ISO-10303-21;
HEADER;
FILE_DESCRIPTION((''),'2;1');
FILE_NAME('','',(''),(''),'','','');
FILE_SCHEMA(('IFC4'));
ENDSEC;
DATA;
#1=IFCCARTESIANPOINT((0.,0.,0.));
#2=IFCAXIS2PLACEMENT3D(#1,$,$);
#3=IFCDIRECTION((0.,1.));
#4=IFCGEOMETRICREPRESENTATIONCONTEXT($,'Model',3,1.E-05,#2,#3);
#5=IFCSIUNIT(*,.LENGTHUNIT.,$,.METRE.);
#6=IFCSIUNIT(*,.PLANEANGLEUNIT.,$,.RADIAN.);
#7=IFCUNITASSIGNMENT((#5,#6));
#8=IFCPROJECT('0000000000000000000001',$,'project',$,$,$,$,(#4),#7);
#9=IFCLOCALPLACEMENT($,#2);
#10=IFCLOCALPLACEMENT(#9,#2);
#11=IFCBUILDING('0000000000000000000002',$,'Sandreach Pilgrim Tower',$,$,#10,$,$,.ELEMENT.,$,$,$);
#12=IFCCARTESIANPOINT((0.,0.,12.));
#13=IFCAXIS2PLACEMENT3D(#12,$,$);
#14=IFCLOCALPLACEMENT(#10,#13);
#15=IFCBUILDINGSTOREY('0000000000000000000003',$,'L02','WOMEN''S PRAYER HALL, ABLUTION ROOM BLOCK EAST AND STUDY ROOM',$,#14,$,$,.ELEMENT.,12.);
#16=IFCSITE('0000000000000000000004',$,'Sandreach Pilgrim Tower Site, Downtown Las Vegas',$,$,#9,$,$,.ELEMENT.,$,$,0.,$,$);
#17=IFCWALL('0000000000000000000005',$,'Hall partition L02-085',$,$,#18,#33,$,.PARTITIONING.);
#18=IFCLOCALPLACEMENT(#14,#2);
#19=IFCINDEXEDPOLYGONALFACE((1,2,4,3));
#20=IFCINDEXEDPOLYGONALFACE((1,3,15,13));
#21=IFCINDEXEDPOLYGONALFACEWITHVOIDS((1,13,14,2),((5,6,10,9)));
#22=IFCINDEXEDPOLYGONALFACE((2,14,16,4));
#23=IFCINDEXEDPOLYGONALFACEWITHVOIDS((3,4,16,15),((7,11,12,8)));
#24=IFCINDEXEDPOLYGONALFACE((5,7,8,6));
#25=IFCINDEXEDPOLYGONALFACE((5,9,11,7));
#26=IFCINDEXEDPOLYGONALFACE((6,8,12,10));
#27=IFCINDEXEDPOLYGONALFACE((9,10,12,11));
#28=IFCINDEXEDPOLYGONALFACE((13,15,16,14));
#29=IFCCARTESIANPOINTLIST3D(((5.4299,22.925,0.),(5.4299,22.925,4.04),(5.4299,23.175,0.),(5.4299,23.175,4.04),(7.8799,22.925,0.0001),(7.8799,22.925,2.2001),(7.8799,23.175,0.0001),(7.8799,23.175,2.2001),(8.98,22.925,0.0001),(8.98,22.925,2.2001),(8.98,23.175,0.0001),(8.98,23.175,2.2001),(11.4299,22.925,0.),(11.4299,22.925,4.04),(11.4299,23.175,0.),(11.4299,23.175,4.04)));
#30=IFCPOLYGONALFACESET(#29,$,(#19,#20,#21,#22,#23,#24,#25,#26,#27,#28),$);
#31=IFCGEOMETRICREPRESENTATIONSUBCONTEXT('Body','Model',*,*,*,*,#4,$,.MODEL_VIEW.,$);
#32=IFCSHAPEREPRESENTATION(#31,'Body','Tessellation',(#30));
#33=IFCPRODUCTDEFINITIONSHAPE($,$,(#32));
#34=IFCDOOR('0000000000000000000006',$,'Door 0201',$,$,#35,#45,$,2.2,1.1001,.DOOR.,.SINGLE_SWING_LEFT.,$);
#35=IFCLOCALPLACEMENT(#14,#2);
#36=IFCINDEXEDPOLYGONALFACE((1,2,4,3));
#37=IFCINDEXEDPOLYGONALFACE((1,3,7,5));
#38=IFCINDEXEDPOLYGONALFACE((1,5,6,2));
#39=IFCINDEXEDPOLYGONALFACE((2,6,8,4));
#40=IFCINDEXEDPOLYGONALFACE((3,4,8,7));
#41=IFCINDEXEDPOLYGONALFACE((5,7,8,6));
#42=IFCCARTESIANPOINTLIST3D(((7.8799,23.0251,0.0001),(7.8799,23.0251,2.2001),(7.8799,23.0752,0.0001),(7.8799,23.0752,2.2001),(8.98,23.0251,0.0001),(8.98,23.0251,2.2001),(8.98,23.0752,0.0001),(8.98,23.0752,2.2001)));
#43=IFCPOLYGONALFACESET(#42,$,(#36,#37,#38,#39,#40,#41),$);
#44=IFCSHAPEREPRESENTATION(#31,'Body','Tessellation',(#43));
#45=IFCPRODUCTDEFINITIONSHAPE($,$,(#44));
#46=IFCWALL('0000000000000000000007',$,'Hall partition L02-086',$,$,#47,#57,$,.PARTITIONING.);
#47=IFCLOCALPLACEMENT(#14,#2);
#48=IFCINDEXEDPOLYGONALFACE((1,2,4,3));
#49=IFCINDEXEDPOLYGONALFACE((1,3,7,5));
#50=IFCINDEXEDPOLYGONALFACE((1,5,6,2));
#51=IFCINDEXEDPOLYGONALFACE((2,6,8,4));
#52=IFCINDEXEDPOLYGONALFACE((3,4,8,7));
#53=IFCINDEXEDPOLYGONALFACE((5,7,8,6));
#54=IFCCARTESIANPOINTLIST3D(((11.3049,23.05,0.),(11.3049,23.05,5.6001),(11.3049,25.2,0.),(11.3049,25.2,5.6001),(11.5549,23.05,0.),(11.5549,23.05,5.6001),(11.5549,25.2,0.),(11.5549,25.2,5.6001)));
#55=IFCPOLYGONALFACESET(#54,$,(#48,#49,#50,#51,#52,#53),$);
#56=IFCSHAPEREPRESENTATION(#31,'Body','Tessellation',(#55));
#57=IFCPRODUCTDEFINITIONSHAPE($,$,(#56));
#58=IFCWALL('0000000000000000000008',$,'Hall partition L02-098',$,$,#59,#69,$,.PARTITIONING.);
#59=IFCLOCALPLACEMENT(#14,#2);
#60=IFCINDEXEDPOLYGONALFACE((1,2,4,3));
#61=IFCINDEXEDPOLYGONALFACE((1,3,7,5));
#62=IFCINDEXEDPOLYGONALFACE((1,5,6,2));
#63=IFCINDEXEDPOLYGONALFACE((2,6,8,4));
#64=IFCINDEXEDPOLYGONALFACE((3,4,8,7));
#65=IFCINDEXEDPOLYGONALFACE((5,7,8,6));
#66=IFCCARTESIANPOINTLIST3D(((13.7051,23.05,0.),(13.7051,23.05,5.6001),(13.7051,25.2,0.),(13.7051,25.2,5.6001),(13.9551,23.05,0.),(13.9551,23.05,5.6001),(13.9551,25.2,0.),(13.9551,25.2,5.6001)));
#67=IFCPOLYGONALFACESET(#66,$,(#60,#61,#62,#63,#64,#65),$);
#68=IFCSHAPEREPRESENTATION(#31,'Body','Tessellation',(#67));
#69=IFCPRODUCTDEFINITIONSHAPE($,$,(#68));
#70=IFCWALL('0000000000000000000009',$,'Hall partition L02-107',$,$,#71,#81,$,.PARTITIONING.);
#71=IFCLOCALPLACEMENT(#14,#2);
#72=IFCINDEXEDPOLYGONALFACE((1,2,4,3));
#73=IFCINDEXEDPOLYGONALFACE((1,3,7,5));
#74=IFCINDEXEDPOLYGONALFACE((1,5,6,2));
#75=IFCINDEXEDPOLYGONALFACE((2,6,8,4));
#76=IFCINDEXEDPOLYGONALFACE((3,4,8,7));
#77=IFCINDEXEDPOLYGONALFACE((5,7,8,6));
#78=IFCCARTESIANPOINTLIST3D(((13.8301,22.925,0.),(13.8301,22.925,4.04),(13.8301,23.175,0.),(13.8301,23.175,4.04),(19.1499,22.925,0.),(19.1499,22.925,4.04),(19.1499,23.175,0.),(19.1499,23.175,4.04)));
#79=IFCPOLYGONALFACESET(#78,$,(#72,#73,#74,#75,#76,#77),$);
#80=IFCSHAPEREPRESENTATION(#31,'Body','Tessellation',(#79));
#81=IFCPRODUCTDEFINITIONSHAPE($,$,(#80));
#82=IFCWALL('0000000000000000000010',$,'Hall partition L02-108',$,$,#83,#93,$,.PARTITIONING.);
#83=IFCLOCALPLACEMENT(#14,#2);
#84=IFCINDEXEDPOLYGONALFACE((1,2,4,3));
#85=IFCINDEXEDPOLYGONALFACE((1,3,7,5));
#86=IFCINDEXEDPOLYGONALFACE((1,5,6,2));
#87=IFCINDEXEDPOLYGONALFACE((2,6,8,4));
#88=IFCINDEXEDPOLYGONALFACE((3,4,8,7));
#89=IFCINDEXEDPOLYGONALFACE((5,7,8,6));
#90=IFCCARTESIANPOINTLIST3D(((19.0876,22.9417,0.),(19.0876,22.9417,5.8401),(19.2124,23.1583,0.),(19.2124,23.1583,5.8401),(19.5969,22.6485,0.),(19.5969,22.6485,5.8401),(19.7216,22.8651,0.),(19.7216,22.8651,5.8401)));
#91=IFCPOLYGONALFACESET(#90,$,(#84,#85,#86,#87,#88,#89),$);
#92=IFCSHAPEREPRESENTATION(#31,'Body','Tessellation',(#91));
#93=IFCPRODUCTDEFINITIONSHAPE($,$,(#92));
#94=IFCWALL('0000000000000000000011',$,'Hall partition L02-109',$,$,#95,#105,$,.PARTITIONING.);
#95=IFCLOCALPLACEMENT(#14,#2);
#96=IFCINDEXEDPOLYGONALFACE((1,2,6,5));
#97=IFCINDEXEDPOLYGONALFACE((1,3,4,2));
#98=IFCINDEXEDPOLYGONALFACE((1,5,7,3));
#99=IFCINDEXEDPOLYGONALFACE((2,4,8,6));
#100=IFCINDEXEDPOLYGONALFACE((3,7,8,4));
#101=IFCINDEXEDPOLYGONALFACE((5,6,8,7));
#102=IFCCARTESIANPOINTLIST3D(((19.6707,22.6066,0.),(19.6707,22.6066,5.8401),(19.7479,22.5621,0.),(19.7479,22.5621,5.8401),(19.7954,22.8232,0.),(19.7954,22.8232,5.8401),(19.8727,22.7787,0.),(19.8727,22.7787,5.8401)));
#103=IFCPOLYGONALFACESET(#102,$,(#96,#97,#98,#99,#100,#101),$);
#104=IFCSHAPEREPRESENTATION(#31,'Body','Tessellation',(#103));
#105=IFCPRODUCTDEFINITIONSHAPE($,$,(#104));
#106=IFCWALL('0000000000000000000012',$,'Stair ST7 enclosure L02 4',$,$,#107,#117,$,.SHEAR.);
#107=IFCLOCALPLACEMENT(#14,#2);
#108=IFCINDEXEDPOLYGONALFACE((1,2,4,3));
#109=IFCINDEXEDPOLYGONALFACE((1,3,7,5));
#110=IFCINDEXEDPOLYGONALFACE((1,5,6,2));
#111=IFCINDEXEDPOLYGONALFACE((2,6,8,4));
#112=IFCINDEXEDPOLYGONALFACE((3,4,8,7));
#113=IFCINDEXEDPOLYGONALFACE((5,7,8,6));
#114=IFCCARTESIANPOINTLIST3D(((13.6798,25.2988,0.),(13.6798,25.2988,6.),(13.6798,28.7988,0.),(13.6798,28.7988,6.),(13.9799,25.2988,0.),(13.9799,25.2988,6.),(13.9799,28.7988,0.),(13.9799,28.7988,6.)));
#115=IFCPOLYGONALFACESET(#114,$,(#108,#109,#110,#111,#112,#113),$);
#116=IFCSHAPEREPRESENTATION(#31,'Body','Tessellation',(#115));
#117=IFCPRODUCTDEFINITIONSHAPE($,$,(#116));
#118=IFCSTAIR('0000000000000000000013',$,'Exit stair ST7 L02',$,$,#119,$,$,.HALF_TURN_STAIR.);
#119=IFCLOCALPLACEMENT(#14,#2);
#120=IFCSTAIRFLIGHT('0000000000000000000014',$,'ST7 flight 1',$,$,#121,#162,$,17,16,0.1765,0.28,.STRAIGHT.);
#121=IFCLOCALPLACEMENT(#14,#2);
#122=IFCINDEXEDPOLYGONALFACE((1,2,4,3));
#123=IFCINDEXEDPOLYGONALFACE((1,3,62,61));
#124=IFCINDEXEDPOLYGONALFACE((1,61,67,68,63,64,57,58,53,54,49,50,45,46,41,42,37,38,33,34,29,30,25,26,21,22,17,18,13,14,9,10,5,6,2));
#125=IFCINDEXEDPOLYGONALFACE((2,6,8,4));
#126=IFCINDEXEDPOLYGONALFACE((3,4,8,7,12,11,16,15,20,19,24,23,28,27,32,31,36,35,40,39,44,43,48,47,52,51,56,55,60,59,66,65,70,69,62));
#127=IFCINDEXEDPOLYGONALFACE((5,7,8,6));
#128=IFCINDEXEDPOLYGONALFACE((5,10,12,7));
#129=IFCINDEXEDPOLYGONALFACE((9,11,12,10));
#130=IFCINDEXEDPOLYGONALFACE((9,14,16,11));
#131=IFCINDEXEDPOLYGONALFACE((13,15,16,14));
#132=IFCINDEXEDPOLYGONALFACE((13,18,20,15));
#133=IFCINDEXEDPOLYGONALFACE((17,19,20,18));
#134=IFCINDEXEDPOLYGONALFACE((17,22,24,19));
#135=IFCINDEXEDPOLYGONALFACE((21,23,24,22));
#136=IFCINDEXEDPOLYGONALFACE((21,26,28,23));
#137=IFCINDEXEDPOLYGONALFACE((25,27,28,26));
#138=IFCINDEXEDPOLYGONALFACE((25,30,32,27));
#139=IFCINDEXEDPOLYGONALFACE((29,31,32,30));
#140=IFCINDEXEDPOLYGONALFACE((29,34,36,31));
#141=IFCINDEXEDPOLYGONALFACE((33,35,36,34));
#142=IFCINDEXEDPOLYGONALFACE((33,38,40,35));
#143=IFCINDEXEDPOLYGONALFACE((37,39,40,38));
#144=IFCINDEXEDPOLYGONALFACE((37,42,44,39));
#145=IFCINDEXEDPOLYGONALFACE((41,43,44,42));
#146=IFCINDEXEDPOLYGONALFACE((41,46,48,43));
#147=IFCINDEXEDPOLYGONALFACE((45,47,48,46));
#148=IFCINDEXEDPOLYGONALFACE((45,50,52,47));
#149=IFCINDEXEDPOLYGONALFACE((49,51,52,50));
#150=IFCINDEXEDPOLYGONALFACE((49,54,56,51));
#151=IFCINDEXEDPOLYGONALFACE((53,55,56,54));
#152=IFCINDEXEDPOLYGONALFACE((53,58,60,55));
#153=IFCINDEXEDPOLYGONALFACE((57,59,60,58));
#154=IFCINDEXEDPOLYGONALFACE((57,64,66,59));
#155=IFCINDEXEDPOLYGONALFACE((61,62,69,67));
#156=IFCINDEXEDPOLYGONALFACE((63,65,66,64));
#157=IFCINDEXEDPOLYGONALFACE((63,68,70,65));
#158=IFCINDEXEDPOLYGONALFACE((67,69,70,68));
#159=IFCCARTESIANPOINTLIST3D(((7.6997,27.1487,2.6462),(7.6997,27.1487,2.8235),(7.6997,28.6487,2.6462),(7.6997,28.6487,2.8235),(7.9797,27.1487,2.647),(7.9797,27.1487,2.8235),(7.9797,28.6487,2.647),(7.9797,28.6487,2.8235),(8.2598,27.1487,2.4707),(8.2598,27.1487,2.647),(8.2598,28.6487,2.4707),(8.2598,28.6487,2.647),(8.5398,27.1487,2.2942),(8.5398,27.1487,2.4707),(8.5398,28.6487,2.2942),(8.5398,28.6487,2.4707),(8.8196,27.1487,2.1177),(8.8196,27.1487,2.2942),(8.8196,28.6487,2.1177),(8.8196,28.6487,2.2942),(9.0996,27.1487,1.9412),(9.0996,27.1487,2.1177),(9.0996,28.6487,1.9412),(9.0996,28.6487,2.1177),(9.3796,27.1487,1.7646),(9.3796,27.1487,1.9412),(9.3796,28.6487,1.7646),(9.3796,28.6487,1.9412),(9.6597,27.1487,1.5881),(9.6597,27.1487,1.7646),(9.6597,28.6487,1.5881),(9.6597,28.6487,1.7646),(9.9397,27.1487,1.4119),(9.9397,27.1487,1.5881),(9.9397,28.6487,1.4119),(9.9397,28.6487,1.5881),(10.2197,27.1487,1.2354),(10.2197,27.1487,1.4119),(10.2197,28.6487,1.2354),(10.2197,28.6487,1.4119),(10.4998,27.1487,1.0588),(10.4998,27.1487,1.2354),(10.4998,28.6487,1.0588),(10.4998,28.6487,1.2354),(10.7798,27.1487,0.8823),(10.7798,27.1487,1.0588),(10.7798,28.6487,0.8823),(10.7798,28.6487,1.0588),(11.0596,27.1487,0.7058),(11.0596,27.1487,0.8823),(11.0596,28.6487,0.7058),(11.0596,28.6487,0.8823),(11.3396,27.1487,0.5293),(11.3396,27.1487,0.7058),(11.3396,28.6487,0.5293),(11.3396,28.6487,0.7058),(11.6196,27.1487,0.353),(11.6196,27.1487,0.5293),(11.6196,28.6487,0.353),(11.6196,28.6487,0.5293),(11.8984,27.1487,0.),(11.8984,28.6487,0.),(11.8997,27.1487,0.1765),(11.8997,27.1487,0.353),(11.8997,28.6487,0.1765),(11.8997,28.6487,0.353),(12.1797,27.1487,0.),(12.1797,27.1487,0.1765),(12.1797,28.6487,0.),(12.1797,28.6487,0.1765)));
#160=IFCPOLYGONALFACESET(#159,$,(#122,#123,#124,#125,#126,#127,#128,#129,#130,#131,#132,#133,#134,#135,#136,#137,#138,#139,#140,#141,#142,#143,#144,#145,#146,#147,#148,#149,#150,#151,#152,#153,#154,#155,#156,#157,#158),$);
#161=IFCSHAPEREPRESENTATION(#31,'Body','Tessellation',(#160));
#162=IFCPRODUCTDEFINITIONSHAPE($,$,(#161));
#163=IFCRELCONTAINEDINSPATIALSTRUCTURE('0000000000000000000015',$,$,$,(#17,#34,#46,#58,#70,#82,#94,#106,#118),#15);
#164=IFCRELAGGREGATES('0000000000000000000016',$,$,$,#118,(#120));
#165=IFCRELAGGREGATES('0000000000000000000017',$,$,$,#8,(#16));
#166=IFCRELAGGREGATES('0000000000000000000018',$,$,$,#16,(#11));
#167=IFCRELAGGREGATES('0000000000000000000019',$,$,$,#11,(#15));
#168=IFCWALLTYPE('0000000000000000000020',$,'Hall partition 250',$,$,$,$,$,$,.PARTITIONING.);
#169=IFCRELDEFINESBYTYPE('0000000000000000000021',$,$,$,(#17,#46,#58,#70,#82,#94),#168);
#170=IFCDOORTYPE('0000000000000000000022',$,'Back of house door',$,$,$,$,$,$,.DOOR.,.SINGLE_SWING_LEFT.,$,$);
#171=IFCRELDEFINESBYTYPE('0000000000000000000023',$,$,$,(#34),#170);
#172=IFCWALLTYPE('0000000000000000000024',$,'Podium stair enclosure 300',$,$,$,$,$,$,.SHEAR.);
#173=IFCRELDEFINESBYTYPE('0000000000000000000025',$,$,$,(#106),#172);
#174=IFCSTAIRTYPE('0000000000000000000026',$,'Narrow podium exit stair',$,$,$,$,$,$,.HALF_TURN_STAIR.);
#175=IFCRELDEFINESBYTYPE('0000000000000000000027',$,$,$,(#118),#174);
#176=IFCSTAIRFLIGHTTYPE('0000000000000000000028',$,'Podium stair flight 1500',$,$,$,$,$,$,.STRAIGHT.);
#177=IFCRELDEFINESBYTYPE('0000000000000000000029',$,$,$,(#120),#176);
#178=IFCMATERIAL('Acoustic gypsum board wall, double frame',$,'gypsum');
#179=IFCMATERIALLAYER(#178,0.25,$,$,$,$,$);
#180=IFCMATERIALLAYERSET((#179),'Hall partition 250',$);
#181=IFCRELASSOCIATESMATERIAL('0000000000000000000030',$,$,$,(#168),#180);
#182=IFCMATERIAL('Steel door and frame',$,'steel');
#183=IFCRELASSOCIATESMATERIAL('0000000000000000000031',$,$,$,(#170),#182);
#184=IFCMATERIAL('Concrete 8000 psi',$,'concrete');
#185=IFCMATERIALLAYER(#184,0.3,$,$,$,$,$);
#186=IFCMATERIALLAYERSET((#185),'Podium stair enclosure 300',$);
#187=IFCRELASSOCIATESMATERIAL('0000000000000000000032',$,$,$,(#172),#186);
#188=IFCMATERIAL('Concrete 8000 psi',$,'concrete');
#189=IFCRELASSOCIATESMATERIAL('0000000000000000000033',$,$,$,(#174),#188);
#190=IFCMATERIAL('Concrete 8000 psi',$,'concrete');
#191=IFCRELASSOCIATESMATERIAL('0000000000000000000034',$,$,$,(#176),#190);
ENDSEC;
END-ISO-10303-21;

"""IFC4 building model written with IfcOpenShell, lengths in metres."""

from ifc_helpers import new_model, si_unit, direction, frame, frame_2d, origin, place, context, subcontext, project, spatial, polyline, rectangle, outline, extrude, material, layer, layer_set, type_object, element, fill, aggregate, save


model = new_model("IFC4")

# Units and contexts
model_context = context("Model", 3, precision=1e-05, world=origin(), true_north=direction((0.0, 1.0)))
body_context = subcontext(model_context, "Body", "Model", "MODEL_VIEW")
ifc_project = project(units=[si_unit("LENGTHUNIT", "METRE"), si_unit("PLANEANGLEUNIT", "RADIAN")], contexts=[model_context])

# Site, building, storey
site_placement = place(None, origin())
site = spatial("IfcSite", under=ifc_project, at=site_placement, Name="Sandreach Pilgrim Tower Site, Downtown Las Vegas", CompositionType="ELEMENT", RefElevation=0.0)
building_placement = place(site_placement, origin())
building = spatial("IfcBuilding", under=site, at=building_placement, Name="Sandreach Pilgrim Tower", CompositionType="ELEMENT")
storey_placement = place(building_placement, frame((0.0, 0.0, 12.0)))
storey = spatial("IfcBuildingStorey", under=building, at=storey_placement, Name="L02", Description="WOMEN'S PRAYER HALL, ABLUTION ROOM BLOCK EAST AND STUDY ROOM", CompositionType="ELEMENT", Elevation=12.0)

# Wall, opening, door
ifc_material_1 = material(Name="Acoustic gypsum board wall, double frame", Category="gypsum")
ifc_layer_1 = layer(ifc_material_1, 0.25)
ifc_layer_set_1 = layer_set([ifc_layer_1], Name="Hall partition 250")
wall_type_1 = type_object("IfcWallType", Name="Hall partition 250", PredefinedType="PARTITIONING", material=ifc_layer_set_1)
wall_1_placement = place(storey_placement, frame((11.4299, 23.05, 0.0), z_axis=(0.0, 0.0, 1.0), x_axis=(-1.0, 0.0, 0.0)))
wall_1 = element("IfcWall", 1, at=wall_1_placement, inside=storey, type_object=wall_type_1, Name="Hall partition L02-085", PredefinedType="PARTITIONING", context=body_context, shape_type="SweptSolid", body=[
    extrude(rectangle(XDim=6.0, YDim=0.25, at=frame_2d((3.0, 0.0))), origin(), (0.0, 0.0, 1.0), 4.04),
])
opening_1_placement = place(wall_1_placement, frame((2.45, 0.0, 0.0)))
opening_1 = element("IfcOpeningElement", 2, at=opening_1_placement, cuts=wall_1, PredefinedType="OPENING", context=body_context, shape_type="SweptSolid", body=[
    extrude(rectangle(XDim=1.1001, YDim=2.2, at=frame_2d((0.55, 1.1001))), frame((0.0, 0.125, 0.0), z_axis=(0.0, -1.0, 0.0), x_axis=(1.0, 0.0, 0.0)), (0.0, 0.0, 1.0), 0.25),
])
ifc_material_2 = material(Name="Steel door and frame", Category="steel")
door_type_1 = type_object("IfcDoorType", Name="Back of house door", OperationType="SINGLE_SWING_LEFT", PredefinedType="DOOR", material=ifc_material_2)
door_1_placement = place(opening_1_placement, origin())
door_1 = element("IfcDoor", 3, at=door_1_placement, inside=storey, type_object=door_type_1, Name="Door 0201", OperationType="SINGLE_SWING_LEFT", OverallHeight=2.2, OverallWidth=1.1001, PredefinedType="DOOR", context=body_context, shape_type="SweptSolid", body=[
    extrude(rectangle(XDim=1.1001, YDim=2.2, at=frame_2d((0.55, 1.1001))), frame((0.0, 0.0249, 0.0), z_axis=(0.0, -1.0, 0.0), x_axis=(1.0, 0.0, 0.0)), (0.0, 0.0, 1.0), 0.05),
])
fill(opening_1, door_1)

# Walls
for number, where, z_axis, x_axis, name in (
    (4, (11.4299, 25.2, 0.0), (0.0, 0.0, 1.0), (0.0, -1.0, 0.0), "Hall partition L02-086"),
    (5, (13.8301, 23.05, 0.0), (0.0, 0.0, 1.0), (0.0, 1.0, 0.0), "Hall partition L02-098"),
):
    element("IfcWall", number, at=place(storey_placement, frame(where, z_axis=z_axis, x_axis=x_axis)), inside=storey, type_object=wall_type_1, Name=name, PredefinedType="PARTITIONING", context=body_context, shape_type="SweptSolid", body=[
        extrude(rectangle(XDim=2.1499, YDim=0.25, at=frame_2d((1.075, 0.0))), origin(), (0.0, 0.0, 1.0), 5.6001),
    ])
wall_2_placement = place(storey_placement, frame((19.1499, 23.05, 0.0), z_axis=(0.0, 0.0, 1.0), x_axis=(-1.0, 0.0, 0.0)))
element("IfcWall", 6, at=wall_2_placement, inside=storey, type_object=wall_type_1, Name="Hall partition L02-107", PredefinedType="PARTITIONING", context=body_context, shape_type="SweptSolid", body=[
    extrude(rectangle(XDim=5.3198, YDim=0.25, at=frame_2d((2.6599, 0.0))), origin(), (0.0, 0.0, 1.0), 4.04),
])
wall_3_placement = place(storey_placement, frame((19.1499, 23.05, 0.0), z_axis=(0.0, 0.0, 1.0), x_axis=(0.866628, -0.498955, 0.0)))
element("IfcWall", 7, at=wall_3_placement, inside=storey, type_object=wall_type_1, Name="Hall partition L02-108", PredefinedType="PARTITIONING", context=body_context, shape_type="SweptSolid", body=[
    extrude(rectangle(XDim=0.5876, YDim=0.25, at=frame_2d((0.2939, 0.0))), origin(), (0.0, 0.0, 1.0), 5.8401),
])
wall_4_placement = place(storey_placement, frame((19.7332, 22.7148, 0.0), z_axis=(0.0, 0.0, 1.0), x_axis=(0.866551, -0.499089, 0.0)))
element("IfcWall", 8, at=wall_4_placement, inside=storey, type_object=wall_type_1, Name="Hall partition L02-109", PredefinedType="PARTITIONING", context=body_context, shape_type="SweptSolid", body=[
    extrude(rectangle(XDim=0.0891, YDim=0.25, at=frame_2d((0.0444, 0.0))), origin(), (0.0, 0.0, 1.0), 5.8401),
])

# Shared definitions
ifc_material_3 = material(Name="Concrete 8000 psi", Category="concrete")
ifc_layer_2 = layer(ifc_material_3, 0.3)
ifc_layer_set_2 = layer_set([ifc_layer_2], Name="Podium stair enclosure 300")
wall_type_2 = type_object("IfcWallType", Name="Podium stair enclosure 300", PredefinedType="SHEAR", material=ifc_layer_set_2)

# Wall
wall_5_placement = place(storey_placement, frame((13.8298, 28.7988, 0.0), z_axis=(0.0, 0.0, 1.0), x_axis=(0.0, -1.0, 0.0)))
element("IfcWall", 9, at=wall_5_placement, inside=storey, type_object=wall_type_2, Name="Stair ST7 enclosure L02 4", PredefinedType="SHEAR", context=body_context, shape_type="SweptSolid", body=[
    extrude(rectangle(XDim=3.5, YDim=0.3, at=frame_2d((1.75, 0.0))), origin(), (0.0, 0.0, 1.0), 6.0),
])

# Stair, stair flight
ifc_material_4 = material(Name="Concrete 8000 psi", Category="concrete")
stair_type = type_object("IfcStairType", Name="Narrow podium exit stair", PredefinedType="HALF_TURN_STAIR", material=ifc_material_4)
stair_placement = place(storey_placement, origin())
stair = element("IfcStair", 10, at=stair_placement, inside=storey, type_object=stair_type, Name="Exit stair ST7 L02", PredefinedType="HALF_TURN_STAIR")
ifc_material_5 = material(Name="Concrete 8000 psi", Category="concrete")
stair_flight_type = type_object("IfcStairFlightType", Name="Podium stair flight 1500", PredefinedType="STRAIGHT", material=ifc_material_5)
stair_flight_placement = place(storey_placement, frame((12.1797, 27.8987, 0.0), z_axis=(0.0, 0.0, 1.0), x_axis=(-1.0, 0.0, 0.0)))
stair_flight = element("IfcStairFlight", 11, at=stair_flight_placement, type_object=stair_flight_type, Name="ST7 flight 1", NumberOfRisers=17, NumberOfTreads=16, PredefinedType="STRAIGHT", RiserHeight=0.1765, TreadLength=0.28, context=body_context, shape_type="SweptSolid", body=[
    extrude(outline(polyline([(0.0, 0.0), (0.0, 0.1765), (0.28, 0.1765), (0.28, 0.353), (0.5601, 0.353), (0.5601, 0.5293), (0.8401, 0.5293), (0.8401, 0.7058), (1.1201, 0.7058), (1.1201, 0.8823), (1.3999, 0.8823), (1.3999, 1.0588), (1.6799, 1.0588), (1.6799, 1.2354), (1.96, 1.2354), (1.96, 1.4119), (2.24, 1.4119), (2.24, 1.5881), (2.52, 1.5881), (2.52, 1.7646), (2.8, 1.7646), (2.8, 1.9412), (3.0801, 1.9412), (3.0801, 2.1177), (3.3601, 2.1177), (3.3601, 2.2942), (3.6399, 2.2942), (3.6399, 2.4707), (3.9199, 2.4707), (3.9199, 2.647), (4.2, 2.647), (4.2, 2.8235), (4.48, 2.8235), (4.48, 3.0), (4.48, 2.6462), (0.2812, 0.0), (0.0, 0.0)])), frame((0.0, 0.75, 0.0), z_axis=(0.0, -1.0, 0.0), x_axis=(1.0, 0.0, 0.0)), (0.0, 0.0, 1.0), 1.5),
])
aggregate(stair, [stair_flight])

save(model, "model.ifc")
